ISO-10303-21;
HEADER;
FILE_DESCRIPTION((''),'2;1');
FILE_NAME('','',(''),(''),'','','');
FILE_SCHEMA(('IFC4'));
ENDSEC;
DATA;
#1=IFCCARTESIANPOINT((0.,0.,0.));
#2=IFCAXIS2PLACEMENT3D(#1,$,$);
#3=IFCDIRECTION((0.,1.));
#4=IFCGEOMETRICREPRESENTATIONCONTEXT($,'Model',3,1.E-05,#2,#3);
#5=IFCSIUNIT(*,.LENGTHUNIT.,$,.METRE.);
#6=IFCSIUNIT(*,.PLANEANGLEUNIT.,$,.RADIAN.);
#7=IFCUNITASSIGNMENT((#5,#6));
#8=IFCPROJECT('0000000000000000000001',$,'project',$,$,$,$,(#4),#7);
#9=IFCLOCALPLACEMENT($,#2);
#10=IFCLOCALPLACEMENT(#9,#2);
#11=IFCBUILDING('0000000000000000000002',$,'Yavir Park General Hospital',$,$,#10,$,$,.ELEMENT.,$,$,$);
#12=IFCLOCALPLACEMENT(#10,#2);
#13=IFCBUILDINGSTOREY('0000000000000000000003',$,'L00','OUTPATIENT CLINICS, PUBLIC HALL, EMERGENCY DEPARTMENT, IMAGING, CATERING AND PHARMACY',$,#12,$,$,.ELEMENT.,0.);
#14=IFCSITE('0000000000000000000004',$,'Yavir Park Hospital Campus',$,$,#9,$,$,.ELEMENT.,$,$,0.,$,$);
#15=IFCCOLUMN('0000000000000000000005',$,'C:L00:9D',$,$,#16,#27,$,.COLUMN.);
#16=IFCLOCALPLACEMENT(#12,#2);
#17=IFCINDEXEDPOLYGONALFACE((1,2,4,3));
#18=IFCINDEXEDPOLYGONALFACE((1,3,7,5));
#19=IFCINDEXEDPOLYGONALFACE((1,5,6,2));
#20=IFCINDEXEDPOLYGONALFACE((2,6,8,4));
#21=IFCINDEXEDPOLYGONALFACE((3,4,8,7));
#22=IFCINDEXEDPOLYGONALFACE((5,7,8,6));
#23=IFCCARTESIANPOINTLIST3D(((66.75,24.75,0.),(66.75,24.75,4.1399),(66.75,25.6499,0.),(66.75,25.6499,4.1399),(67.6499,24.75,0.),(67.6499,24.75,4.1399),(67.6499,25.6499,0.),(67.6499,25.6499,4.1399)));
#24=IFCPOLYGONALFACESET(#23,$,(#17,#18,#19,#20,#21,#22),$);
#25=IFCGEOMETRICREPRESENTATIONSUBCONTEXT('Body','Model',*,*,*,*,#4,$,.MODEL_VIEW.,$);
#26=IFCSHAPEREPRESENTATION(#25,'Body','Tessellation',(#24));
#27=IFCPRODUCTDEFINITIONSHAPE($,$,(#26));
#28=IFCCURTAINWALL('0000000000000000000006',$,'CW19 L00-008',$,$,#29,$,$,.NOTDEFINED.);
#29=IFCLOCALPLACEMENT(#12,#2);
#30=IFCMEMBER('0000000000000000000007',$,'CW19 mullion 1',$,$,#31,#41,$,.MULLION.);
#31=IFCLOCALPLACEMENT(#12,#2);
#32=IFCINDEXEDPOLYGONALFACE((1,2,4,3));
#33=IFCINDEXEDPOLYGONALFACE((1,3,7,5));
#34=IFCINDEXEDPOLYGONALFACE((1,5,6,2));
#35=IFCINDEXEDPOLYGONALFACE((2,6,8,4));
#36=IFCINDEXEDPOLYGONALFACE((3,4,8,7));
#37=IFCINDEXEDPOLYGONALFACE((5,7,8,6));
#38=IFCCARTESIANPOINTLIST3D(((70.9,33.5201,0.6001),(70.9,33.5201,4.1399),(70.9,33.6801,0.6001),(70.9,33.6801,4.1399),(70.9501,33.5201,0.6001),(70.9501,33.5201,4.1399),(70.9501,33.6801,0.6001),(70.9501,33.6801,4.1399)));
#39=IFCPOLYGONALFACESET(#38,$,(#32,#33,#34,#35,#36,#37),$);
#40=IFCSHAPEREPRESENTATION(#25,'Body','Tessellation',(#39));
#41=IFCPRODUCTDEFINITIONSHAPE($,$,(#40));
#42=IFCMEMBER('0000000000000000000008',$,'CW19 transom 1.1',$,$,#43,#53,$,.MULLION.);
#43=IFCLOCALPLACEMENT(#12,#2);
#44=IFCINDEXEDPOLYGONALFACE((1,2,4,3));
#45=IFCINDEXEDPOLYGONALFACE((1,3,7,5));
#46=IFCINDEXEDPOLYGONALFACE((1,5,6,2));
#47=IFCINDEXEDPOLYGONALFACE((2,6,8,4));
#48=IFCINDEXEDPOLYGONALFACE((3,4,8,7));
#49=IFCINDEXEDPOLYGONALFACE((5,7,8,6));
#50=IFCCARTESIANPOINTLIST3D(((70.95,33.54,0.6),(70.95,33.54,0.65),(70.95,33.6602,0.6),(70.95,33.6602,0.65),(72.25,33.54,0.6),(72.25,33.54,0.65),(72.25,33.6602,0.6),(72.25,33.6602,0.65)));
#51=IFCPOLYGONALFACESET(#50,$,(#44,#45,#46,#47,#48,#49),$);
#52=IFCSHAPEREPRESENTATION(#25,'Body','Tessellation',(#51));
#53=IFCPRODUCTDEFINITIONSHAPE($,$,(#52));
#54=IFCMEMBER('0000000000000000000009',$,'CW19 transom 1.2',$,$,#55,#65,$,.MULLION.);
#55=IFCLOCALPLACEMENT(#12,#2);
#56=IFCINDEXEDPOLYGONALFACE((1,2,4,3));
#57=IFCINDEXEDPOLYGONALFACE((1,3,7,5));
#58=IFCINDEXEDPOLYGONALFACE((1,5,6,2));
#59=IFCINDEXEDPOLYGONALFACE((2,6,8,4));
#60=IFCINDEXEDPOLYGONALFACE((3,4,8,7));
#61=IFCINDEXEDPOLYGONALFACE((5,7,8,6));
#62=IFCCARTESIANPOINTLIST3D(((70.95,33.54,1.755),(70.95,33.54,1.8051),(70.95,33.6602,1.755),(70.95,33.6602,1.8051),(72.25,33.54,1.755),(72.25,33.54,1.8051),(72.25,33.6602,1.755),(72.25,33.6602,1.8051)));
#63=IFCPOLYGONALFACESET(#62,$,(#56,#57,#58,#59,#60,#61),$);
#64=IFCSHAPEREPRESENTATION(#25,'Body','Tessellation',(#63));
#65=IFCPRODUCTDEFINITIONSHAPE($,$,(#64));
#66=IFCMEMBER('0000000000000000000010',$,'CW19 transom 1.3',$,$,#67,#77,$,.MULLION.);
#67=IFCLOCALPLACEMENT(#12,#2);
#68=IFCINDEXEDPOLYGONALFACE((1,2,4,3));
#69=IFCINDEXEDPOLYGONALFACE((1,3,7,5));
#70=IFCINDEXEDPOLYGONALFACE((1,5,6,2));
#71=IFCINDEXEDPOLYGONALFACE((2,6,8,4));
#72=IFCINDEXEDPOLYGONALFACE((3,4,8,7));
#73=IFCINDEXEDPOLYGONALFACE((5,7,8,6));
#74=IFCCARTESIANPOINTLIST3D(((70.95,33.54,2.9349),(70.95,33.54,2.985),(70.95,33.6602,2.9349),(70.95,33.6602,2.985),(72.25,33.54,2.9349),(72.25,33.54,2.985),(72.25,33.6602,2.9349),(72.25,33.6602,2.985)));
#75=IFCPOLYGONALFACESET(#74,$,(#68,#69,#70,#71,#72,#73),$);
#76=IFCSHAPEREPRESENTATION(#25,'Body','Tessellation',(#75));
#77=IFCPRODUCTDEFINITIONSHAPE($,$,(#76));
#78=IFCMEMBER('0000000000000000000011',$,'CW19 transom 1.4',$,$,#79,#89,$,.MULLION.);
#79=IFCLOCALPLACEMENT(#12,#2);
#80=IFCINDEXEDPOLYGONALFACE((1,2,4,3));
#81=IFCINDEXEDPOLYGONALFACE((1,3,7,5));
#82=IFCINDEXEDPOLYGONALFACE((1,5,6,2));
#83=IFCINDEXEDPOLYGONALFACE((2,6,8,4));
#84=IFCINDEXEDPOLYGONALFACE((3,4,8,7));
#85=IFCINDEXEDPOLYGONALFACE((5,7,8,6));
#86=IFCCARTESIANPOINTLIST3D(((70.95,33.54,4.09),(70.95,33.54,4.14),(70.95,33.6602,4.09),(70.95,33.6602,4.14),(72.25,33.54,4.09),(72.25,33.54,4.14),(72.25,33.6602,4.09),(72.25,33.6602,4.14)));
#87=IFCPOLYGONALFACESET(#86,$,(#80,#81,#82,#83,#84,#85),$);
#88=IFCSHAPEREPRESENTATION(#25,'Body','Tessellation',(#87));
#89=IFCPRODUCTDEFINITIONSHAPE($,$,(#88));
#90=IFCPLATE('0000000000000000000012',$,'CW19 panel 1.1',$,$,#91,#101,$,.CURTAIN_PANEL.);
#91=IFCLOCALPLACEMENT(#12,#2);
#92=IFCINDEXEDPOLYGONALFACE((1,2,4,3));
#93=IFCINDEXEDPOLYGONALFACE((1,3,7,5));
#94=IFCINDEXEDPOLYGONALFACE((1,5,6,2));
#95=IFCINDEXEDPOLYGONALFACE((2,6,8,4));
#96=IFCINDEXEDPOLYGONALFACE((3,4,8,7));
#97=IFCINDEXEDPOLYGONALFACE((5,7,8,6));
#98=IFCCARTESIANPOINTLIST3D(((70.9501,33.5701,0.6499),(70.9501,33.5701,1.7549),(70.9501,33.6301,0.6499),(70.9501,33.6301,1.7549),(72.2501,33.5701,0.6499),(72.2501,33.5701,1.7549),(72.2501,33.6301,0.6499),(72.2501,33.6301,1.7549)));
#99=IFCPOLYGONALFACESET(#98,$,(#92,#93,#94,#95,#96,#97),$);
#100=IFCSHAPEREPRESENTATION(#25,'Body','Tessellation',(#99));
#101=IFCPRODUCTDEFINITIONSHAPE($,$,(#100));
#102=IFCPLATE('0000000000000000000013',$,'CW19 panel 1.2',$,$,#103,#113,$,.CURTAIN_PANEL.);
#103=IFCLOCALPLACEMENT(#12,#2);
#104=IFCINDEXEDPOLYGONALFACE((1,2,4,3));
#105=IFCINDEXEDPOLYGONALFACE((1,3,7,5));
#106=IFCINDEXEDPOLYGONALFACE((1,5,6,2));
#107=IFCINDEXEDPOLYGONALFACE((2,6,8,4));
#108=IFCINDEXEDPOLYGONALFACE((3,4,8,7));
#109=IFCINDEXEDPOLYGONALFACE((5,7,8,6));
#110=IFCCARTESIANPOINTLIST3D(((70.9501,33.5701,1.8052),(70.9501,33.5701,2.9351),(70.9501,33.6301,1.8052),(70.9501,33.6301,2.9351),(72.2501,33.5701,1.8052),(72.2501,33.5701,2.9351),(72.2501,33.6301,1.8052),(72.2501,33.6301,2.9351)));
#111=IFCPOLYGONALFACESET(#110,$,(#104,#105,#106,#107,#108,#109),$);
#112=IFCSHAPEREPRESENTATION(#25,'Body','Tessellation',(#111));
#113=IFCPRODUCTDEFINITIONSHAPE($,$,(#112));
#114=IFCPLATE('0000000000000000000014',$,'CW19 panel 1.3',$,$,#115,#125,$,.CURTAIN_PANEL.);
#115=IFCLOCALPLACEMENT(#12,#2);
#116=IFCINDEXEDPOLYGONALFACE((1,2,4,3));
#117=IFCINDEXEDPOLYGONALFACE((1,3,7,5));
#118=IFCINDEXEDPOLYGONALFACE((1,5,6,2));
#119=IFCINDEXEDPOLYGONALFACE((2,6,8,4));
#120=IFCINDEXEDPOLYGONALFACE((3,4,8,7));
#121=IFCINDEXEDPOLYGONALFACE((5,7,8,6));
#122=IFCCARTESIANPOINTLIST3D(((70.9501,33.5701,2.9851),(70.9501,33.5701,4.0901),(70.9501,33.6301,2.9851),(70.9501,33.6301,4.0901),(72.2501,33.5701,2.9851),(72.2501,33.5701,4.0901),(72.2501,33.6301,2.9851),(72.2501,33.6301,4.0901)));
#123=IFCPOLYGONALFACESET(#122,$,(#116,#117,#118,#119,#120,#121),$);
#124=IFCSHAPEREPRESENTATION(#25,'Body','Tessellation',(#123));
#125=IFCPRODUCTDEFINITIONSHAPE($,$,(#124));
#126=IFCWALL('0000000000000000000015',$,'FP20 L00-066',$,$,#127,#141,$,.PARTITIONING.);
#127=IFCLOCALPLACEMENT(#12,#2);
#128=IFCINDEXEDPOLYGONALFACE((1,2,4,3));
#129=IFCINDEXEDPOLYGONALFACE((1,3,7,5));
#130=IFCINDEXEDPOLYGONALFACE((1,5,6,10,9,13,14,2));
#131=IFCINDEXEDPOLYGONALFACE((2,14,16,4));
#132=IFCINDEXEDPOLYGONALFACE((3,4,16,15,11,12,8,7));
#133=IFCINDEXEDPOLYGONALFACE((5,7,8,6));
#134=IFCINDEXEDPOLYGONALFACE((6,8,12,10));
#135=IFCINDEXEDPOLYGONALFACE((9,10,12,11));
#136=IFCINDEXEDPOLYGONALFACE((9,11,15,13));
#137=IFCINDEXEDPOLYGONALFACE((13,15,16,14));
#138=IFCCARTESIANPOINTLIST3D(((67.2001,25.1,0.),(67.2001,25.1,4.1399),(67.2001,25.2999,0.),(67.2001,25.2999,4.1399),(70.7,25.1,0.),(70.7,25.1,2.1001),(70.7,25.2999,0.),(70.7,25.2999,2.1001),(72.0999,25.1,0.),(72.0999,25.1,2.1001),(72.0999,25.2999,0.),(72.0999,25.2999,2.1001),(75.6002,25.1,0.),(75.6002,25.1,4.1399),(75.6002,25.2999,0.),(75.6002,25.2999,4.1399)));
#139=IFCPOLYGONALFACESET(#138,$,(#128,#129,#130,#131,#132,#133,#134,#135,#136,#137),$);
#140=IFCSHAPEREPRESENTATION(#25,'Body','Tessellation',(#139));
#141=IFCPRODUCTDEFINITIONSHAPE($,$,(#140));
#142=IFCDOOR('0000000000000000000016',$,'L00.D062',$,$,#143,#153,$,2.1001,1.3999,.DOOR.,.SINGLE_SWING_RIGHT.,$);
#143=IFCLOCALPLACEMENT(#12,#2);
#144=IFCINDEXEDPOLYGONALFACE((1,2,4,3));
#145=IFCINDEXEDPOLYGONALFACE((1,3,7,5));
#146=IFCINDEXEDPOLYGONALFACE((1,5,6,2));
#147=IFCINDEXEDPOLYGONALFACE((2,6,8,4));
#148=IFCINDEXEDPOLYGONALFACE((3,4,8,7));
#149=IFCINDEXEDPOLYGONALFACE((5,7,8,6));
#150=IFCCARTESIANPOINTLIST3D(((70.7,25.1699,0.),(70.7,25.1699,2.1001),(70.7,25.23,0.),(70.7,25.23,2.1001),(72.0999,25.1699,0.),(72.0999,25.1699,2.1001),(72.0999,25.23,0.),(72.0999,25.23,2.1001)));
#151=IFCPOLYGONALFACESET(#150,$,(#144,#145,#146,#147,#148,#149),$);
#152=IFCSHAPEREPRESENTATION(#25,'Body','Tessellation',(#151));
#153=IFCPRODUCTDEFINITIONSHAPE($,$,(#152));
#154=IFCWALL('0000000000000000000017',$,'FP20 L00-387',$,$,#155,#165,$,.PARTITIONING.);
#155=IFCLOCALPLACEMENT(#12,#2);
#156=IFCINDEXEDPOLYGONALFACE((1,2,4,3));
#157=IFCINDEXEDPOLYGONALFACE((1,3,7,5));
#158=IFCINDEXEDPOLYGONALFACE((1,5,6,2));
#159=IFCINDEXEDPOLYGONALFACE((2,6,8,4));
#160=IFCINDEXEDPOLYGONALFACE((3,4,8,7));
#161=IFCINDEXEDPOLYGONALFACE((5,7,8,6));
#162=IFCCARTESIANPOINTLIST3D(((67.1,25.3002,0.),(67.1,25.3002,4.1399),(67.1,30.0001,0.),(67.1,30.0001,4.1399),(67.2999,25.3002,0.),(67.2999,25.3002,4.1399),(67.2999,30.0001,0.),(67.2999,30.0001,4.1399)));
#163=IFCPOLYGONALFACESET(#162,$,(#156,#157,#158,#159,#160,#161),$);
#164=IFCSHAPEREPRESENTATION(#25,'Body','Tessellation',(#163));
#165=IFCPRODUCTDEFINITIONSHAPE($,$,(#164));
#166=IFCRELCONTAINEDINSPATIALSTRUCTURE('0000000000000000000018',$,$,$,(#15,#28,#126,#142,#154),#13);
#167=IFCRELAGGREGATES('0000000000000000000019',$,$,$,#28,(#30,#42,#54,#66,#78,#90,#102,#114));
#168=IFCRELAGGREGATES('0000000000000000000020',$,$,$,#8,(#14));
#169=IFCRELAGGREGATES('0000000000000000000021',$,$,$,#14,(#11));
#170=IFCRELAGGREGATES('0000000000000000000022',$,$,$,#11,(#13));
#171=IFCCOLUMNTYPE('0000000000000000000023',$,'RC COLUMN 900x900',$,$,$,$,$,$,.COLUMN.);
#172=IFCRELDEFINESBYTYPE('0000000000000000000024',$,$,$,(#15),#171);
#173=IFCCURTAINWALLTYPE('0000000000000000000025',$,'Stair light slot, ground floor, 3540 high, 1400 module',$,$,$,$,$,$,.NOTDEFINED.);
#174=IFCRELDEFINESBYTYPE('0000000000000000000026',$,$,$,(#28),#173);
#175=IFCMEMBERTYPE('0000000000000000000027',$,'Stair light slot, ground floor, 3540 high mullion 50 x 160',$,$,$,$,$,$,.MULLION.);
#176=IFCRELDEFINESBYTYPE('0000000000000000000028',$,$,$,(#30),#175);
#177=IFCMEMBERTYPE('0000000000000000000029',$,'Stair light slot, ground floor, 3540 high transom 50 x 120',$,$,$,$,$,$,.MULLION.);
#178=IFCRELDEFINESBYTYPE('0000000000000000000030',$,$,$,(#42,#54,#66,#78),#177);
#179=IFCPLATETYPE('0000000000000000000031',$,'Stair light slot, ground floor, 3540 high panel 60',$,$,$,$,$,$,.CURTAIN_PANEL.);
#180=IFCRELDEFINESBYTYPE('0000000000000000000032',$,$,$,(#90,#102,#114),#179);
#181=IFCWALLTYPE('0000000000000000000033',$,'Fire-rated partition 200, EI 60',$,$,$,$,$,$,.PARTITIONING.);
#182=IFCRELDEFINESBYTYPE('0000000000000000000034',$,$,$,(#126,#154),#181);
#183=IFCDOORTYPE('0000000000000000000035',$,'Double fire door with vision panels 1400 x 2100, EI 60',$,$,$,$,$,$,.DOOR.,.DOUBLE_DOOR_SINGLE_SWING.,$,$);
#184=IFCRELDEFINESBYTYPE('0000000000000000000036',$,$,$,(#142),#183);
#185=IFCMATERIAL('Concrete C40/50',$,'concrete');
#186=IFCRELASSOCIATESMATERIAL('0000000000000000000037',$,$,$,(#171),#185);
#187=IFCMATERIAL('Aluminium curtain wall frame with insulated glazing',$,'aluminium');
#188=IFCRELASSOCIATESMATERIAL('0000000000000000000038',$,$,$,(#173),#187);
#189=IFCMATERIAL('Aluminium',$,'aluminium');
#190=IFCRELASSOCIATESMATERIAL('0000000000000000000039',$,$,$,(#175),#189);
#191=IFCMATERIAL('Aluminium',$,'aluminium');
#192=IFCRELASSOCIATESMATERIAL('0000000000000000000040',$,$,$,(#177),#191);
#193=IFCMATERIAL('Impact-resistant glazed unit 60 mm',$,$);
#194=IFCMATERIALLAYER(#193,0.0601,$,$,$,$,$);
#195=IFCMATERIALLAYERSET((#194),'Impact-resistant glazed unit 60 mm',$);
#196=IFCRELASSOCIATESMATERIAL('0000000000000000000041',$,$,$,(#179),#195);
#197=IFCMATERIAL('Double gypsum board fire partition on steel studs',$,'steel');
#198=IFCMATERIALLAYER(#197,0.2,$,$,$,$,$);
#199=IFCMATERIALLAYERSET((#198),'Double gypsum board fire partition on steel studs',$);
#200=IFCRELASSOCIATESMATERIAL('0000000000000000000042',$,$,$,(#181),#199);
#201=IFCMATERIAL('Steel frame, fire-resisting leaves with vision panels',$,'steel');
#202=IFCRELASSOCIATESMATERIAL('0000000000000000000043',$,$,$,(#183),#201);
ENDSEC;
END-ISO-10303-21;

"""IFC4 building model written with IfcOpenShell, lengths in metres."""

from ifc_helpers import new_model, si_unit, direction, frame, frame_2d, origin, origin_2d, place, context, subcontext, project, spatial, rectangle, extrude, material, layer, layer_set, material_profile, profile_set, type_object, element, fill, aggregate, save


model = new_model("IFC4")

# Units and contexts
model_context = context("Model", 3, precision=1e-05, world=origin(), true_north=direction((0.0, 1.0)))
body_context = subcontext(model_context, "Body", "Model", "MODEL_VIEW")
ifc_project = project(units=[si_unit("LENGTHUNIT", "METRE"), si_unit("PLANEANGLEUNIT", "RADIAN")], contexts=[model_context])

# Site, building, storey
site_placement = place(None, origin())
site = spatial("IfcSite", under=ifc_project, at=site_placement, Name="Yavir Park Hospital Campus", CompositionType="ELEMENT", RefElevation=0.0)
building_placement = place(site_placement, origin())
building = spatial("IfcBuilding", under=site, at=building_placement, Name="Yavir Park General Hospital", CompositionType="ELEMENT")
storey_placement = place(building_placement, origin())
storey = spatial("IfcBuildingStorey", under=building, at=storey_placement, Name="L00", Description="OUTPATIENT CLINICS, PUBLIC HALL, EMERGENCY DEPARTMENT, IMAGING, CATERING AND PHARMACY", CompositionType="ELEMENT", Elevation=0.0)

# Column
ifc_material_1 = material(Name="Concrete C40/50", Category="concrete")
ifc_material_profile_1 = material_profile(ifc_material_1, rectangle(XDim=0.8999, YDim=0.8999, at=origin_2d()), Name="RC900x900")
ifc_profile_set_1 = profile_set([ifc_material_profile_1], Name="Concrete C40/50")
column_type = type_object("IfcColumnType", Name="RC COLUMN 900x900", PredefinedType="COLUMN", material=ifc_profile_set_1)
column_placement = place(storey_placement, frame((67.2, 25.2, 0.0), z_axis=(0.0, 0.0, 1.0), x_axis=(1.0, 0.0, 0.0)))
element("IfcColumn", 1, at=column_placement, inside=storey, type_object=column_type, Name="C:L00:9D", PredefinedType="COLUMN", context=body_context, shape_type="SweptSolid", body=[
    extrude(rectangle(XDim=0.8999, YDim=0.8999, at=origin_2d()), origin(), (0.0, 0.0, 1.0), 4.1399),
])

# Curtain wall, members, plates
ifc_material_2 = material(Name="Aluminium curtain wall frame with insulated glazing", Category="aluminium")
curtain_wall_type = type_object("IfcCurtainWallType", Name="Stair light slot, ground floor, 3540 high, 1400 module", PredefinedType="NOTDEFINED", material=ifc_material_2)
curtain_wall_placement = place(storey_placement, origin())
curtain_wall = element("IfcCurtainWall", 2, at=curtain_wall_placement, inside=storey, type_object=curtain_wall_type, Name="CW19 L00-008", PredefinedType="NOTDEFINED")
ifc_material_3 = material(Name="Aluminium", Category="aluminium")
ifc_material_profile_2 = material_profile(ifc_material_3, rectangle(XDim=0.1599, YDim=0.05, at=origin_2d()), Name="AL 50x160")
ifc_profile_set_2 = profile_set([ifc_material_profile_2], Name="Aluminium")
member_type_1 = type_object("IfcMemberType", Name="Stair light slot, ground floor, 3540 high mullion 50 x 160", PredefinedType="MULLION", material=ifc_profile_set_2)
member_1_placement = place(storey_placement, frame((70.925, 33.6001, 0.6001), z_axis=(0.0, 0.0, 1.0), x_axis=(0.0, 1.0, 0.0)))
member_1 = element("IfcMember", 3, at=member_1_placement, type_object=member_type_1, Name="CW19 mullion 1", PredefinedType="MULLION", context=body_context, shape_type="SweptSolid", body=[
    extrude(rectangle(XDim=0.1599, YDim=0.05, at=origin_2d()), origin(), (0.0, 0.0, 1.0), 3.5398),
])
ifc_material_4 = material(Name="Aluminium", Category="aluminium")
ifc_material_profile_3 = material_profile(ifc_material_4, rectangle(XDim=0.1201, YDim=0.05, at=origin_2d()), Name="AL 120x50")
ifc_profile_set_3 = profile_set([ifc_material_profile_3], Name="Aluminium")
member_type_2 = type_object("IfcMemberType", Name="Stair light slot, ground floor, 3540 high transom 50 x 120", PredefinedType="MULLION", material=ifc_profile_set_3)
member_2_placement = place(storey_placement, frame((70.95, 33.6001, 0.625), z_axis=(1.0, 0.0, 0.0), x_axis=(0.0, 1.0, 0.0)))
member_2 = element("IfcMember", 4, at=member_2_placement, type_object=member_type_2, Name="CW19 transom 1.1", PredefinedType="MULLION", context=body_context, shape_type="SweptSolid", body=[
    extrude(rectangle(XDim=0.1201, YDim=0.05, at=origin_2d()), origin(), (0.0, 0.0, 1.0), 1.3),
])
member_3_placement = place(storey_placement, frame((70.95, 33.6001, 1.78), z_axis=(1.0, 0.0, 0.0), x_axis=(0.0, 1.0, 0.0)))
member_3 = element("IfcMember", 5, at=member_3_placement, type_object=member_type_2, Name="CW19 transom 1.2", PredefinedType="MULLION", context=body_context, shape_type="SweptSolid", body=[
    extrude(rectangle(XDim=0.1201, YDim=0.05, at=origin_2d()), origin(), (0.0, 0.0, 1.0), 1.3),
])
member_4_placement = place(storey_placement, frame((70.95, 33.6001, 2.96), z_axis=(1.0, 0.0, 0.0), x_axis=(0.0, 1.0, 0.0)))
member_4 = element("IfcMember", 6, at=member_4_placement, type_object=member_type_2, Name="CW19 transom 1.3", PredefinedType="MULLION", context=body_context, shape_type="SweptSolid", body=[
    extrude(rectangle(XDim=0.1201, YDim=0.05, at=origin_2d()), origin(), (0.0, 0.0, 1.0), 1.3),
])
member_5_placement = place(storey_placement, frame((70.95, 33.6001, 4.115), z_axis=(1.0, 0.0, 0.0), x_axis=(0.0, 1.0, 0.0)))
member_5 = element("IfcMember", 7, at=member_5_placement, type_object=member_type_2, Name="CW19 transom 1.4", PredefinedType="MULLION", context=body_context, shape_type="SweptSolid", body=[
    extrude(rectangle(XDim=0.1201, YDim=0.05, at=origin_2d()), origin(), (0.0, 0.0, 1.0), 1.3),
])
ifc_material_5 = material(Name="Impact-resistant glazed unit 60 mm")
ifc_layer_1 = layer(ifc_material_5, 0.0601)
ifc_layer_set_1 = layer_set([ifc_layer_1], Name="Impact-resistant glazed unit 60 mm")
plate_type = type_object("IfcPlateType", Name="Stair light slot, ground floor, 3540 high panel 60", PredefinedType="CURTAIN_PANEL", material=ifc_layer_set_1)
plate_1_placement = place(storey_placement, frame((71.6001, 33.6001, 0.6499), z_axis=(0.0, 0.0, 1.0), x_axis=(1.0, 0.0, 0.0)))
plate_1 = element("IfcPlate", 8, at=plate_1_placement, type_object=plate_type, Name="CW19 panel 1.1", PredefinedType="CURTAIN_PANEL", context=body_context, shape_type="SweptSolid", body=[
    extrude(rectangle(XDim=1.3, YDim=0.0601, at=origin_2d()), origin(), (0.0, 0.0, 1.0), 1.105),
])
plate_2_placement = place(storey_placement, frame((71.6001, 33.6001, 1.8052), z_axis=(0.0, 0.0, 1.0), x_axis=(1.0, 0.0, 0.0)))
plate_2 = element("IfcPlate", 9, at=plate_2_placement, type_object=plate_type, Name="CW19 panel 1.2", PredefinedType="CURTAIN_PANEL", context=body_context, shape_type="SweptSolid", body=[
    extrude(rectangle(XDim=1.3, YDim=0.0601, at=origin_2d()), origin(), (0.0, 0.0, 1.0), 1.1299),
])
plate_3_placement = place(storey_placement, frame((71.6001, 33.6001, 2.9851), z_axis=(0.0, 0.0, 1.0), x_axis=(1.0, 0.0, 0.0)))
plate_3 = element("IfcPlate", 10, at=plate_3_placement, type_object=plate_type, Name="CW19 panel 1.3", PredefinedType="CURTAIN_PANEL", context=body_context, shape_type="SweptSolid", body=[
    extrude(rectangle(XDim=1.3, YDim=0.0601, at=origin_2d()), origin(), (0.0, 0.0, 1.0), 1.105),
])
aggregate(curtain_wall, [member_1, member_2, member_3, member_4, member_5, plate_1, plate_2, plate_3])

# Wall, opening, door
ifc_material_6 = material(Name="Double gypsum board fire partition on steel studs", Category="steel")
ifc_layer_2 = layer(ifc_material_6, 0.2)
ifc_layer_set_2 = layer_set([ifc_layer_2], Name="Double gypsum board fire partition on steel studs")
wall_type_1 = type_object("IfcWallType", Name="Fire-rated partition 200, EI 60", PredefinedType="PARTITIONING", material=ifc_layer_set_2)
wall_1_placement = place(storey_placement, frame((67.2, 25.2, 0.0), z_axis=(0.0, 0.0, 1.0), x_axis=(1.0, 0.0, 0.0)))
wall_1 = element("IfcWall", 11, at=wall_1_placement, inside=storey, type_object=wall_type_1, Name="FP20 L00-066", PredefinedType="PARTITIONING", context=body_context, shape_type="SweptSolid", body=[
    extrude(rectangle(XDim=8.4001, YDim=0.2, at=frame_2d((4.2002, 0.0))), origin(), (0.0, 0.0, 1.0), 4.1399),
])
opening_1_placement = place(wall_1_placement, frame((3.5, 0.0, 0.0)))
opening_1 = element("IfcOpeningElement", 12, at=opening_1_placement, cuts=wall_1, PredefinedType="OPENING", context=body_context, shape_type="SweptSolid", body=[
    extrude(rectangle(XDim=1.3999, YDim=2.1001, at=frame_2d((0.7, 1.05))), frame((0.0, 0.1099, 0.0), z_axis=(0.0, -1.0, 0.0), x_axis=(1.0, 0.0, 0.0)), (0.0, 0.0, 1.0), 0.22),
])
ifc_material_7 = material(Name="Steel frame, fire-resisting leaves with vision panels", Category="steel")
door_type_1 = type_object("IfcDoorType", Name="Double fire door with vision panels 1400 x 2100, EI 60", OperationType="DOUBLE_DOOR_SINGLE_SWING", PredefinedType="DOOR", material=ifc_material_7)
door_1_placement = place(opening_1_placement, origin())
door_1 = element("IfcDoor", 13, at=door_1_placement, inside=storey, type_object=door_type_1, Name="L00.D062", OperationType="SINGLE_SWING_RIGHT", OverallHeight=2.1001, OverallWidth=1.3999, PredefinedType="DOOR", context=body_context, shape_type="SweptSolid", body=[
    extrude(rectangle(XDim=1.3999, YDim=2.1001, at=frame_2d((0.7, 1.05))), frame((0.0, 0.03, 0.0), z_axis=(0.0, -1.0, 0.0), x_axis=(1.0, 0.0, 0.0)), (0.0, 0.0, 1.0), 0.0601),
])
fill(opening_1, door_1)

# Wall
wall_2_placement = place(storey_placement, frame((67.2, 25.3, 0.0), z_axis=(0.0, 0.0, 1.0), x_axis=(0.0, 1.0, 0.0)))
element("IfcWall", 14, at=wall_2_placement, inside=storey, type_object=wall_type_1, Name="FP20 L00-387", PredefinedType="PARTITIONING", context=body_context, shape_type="SweptSolid", body=[
    extrude(rectangle(XDim=4.7, YDim=0.2, at=frame_2d((2.3501, 0.0))), origin(), (0.0, 0.0, 1.0), 4.1399),
])

save(model, "model.ifc")
